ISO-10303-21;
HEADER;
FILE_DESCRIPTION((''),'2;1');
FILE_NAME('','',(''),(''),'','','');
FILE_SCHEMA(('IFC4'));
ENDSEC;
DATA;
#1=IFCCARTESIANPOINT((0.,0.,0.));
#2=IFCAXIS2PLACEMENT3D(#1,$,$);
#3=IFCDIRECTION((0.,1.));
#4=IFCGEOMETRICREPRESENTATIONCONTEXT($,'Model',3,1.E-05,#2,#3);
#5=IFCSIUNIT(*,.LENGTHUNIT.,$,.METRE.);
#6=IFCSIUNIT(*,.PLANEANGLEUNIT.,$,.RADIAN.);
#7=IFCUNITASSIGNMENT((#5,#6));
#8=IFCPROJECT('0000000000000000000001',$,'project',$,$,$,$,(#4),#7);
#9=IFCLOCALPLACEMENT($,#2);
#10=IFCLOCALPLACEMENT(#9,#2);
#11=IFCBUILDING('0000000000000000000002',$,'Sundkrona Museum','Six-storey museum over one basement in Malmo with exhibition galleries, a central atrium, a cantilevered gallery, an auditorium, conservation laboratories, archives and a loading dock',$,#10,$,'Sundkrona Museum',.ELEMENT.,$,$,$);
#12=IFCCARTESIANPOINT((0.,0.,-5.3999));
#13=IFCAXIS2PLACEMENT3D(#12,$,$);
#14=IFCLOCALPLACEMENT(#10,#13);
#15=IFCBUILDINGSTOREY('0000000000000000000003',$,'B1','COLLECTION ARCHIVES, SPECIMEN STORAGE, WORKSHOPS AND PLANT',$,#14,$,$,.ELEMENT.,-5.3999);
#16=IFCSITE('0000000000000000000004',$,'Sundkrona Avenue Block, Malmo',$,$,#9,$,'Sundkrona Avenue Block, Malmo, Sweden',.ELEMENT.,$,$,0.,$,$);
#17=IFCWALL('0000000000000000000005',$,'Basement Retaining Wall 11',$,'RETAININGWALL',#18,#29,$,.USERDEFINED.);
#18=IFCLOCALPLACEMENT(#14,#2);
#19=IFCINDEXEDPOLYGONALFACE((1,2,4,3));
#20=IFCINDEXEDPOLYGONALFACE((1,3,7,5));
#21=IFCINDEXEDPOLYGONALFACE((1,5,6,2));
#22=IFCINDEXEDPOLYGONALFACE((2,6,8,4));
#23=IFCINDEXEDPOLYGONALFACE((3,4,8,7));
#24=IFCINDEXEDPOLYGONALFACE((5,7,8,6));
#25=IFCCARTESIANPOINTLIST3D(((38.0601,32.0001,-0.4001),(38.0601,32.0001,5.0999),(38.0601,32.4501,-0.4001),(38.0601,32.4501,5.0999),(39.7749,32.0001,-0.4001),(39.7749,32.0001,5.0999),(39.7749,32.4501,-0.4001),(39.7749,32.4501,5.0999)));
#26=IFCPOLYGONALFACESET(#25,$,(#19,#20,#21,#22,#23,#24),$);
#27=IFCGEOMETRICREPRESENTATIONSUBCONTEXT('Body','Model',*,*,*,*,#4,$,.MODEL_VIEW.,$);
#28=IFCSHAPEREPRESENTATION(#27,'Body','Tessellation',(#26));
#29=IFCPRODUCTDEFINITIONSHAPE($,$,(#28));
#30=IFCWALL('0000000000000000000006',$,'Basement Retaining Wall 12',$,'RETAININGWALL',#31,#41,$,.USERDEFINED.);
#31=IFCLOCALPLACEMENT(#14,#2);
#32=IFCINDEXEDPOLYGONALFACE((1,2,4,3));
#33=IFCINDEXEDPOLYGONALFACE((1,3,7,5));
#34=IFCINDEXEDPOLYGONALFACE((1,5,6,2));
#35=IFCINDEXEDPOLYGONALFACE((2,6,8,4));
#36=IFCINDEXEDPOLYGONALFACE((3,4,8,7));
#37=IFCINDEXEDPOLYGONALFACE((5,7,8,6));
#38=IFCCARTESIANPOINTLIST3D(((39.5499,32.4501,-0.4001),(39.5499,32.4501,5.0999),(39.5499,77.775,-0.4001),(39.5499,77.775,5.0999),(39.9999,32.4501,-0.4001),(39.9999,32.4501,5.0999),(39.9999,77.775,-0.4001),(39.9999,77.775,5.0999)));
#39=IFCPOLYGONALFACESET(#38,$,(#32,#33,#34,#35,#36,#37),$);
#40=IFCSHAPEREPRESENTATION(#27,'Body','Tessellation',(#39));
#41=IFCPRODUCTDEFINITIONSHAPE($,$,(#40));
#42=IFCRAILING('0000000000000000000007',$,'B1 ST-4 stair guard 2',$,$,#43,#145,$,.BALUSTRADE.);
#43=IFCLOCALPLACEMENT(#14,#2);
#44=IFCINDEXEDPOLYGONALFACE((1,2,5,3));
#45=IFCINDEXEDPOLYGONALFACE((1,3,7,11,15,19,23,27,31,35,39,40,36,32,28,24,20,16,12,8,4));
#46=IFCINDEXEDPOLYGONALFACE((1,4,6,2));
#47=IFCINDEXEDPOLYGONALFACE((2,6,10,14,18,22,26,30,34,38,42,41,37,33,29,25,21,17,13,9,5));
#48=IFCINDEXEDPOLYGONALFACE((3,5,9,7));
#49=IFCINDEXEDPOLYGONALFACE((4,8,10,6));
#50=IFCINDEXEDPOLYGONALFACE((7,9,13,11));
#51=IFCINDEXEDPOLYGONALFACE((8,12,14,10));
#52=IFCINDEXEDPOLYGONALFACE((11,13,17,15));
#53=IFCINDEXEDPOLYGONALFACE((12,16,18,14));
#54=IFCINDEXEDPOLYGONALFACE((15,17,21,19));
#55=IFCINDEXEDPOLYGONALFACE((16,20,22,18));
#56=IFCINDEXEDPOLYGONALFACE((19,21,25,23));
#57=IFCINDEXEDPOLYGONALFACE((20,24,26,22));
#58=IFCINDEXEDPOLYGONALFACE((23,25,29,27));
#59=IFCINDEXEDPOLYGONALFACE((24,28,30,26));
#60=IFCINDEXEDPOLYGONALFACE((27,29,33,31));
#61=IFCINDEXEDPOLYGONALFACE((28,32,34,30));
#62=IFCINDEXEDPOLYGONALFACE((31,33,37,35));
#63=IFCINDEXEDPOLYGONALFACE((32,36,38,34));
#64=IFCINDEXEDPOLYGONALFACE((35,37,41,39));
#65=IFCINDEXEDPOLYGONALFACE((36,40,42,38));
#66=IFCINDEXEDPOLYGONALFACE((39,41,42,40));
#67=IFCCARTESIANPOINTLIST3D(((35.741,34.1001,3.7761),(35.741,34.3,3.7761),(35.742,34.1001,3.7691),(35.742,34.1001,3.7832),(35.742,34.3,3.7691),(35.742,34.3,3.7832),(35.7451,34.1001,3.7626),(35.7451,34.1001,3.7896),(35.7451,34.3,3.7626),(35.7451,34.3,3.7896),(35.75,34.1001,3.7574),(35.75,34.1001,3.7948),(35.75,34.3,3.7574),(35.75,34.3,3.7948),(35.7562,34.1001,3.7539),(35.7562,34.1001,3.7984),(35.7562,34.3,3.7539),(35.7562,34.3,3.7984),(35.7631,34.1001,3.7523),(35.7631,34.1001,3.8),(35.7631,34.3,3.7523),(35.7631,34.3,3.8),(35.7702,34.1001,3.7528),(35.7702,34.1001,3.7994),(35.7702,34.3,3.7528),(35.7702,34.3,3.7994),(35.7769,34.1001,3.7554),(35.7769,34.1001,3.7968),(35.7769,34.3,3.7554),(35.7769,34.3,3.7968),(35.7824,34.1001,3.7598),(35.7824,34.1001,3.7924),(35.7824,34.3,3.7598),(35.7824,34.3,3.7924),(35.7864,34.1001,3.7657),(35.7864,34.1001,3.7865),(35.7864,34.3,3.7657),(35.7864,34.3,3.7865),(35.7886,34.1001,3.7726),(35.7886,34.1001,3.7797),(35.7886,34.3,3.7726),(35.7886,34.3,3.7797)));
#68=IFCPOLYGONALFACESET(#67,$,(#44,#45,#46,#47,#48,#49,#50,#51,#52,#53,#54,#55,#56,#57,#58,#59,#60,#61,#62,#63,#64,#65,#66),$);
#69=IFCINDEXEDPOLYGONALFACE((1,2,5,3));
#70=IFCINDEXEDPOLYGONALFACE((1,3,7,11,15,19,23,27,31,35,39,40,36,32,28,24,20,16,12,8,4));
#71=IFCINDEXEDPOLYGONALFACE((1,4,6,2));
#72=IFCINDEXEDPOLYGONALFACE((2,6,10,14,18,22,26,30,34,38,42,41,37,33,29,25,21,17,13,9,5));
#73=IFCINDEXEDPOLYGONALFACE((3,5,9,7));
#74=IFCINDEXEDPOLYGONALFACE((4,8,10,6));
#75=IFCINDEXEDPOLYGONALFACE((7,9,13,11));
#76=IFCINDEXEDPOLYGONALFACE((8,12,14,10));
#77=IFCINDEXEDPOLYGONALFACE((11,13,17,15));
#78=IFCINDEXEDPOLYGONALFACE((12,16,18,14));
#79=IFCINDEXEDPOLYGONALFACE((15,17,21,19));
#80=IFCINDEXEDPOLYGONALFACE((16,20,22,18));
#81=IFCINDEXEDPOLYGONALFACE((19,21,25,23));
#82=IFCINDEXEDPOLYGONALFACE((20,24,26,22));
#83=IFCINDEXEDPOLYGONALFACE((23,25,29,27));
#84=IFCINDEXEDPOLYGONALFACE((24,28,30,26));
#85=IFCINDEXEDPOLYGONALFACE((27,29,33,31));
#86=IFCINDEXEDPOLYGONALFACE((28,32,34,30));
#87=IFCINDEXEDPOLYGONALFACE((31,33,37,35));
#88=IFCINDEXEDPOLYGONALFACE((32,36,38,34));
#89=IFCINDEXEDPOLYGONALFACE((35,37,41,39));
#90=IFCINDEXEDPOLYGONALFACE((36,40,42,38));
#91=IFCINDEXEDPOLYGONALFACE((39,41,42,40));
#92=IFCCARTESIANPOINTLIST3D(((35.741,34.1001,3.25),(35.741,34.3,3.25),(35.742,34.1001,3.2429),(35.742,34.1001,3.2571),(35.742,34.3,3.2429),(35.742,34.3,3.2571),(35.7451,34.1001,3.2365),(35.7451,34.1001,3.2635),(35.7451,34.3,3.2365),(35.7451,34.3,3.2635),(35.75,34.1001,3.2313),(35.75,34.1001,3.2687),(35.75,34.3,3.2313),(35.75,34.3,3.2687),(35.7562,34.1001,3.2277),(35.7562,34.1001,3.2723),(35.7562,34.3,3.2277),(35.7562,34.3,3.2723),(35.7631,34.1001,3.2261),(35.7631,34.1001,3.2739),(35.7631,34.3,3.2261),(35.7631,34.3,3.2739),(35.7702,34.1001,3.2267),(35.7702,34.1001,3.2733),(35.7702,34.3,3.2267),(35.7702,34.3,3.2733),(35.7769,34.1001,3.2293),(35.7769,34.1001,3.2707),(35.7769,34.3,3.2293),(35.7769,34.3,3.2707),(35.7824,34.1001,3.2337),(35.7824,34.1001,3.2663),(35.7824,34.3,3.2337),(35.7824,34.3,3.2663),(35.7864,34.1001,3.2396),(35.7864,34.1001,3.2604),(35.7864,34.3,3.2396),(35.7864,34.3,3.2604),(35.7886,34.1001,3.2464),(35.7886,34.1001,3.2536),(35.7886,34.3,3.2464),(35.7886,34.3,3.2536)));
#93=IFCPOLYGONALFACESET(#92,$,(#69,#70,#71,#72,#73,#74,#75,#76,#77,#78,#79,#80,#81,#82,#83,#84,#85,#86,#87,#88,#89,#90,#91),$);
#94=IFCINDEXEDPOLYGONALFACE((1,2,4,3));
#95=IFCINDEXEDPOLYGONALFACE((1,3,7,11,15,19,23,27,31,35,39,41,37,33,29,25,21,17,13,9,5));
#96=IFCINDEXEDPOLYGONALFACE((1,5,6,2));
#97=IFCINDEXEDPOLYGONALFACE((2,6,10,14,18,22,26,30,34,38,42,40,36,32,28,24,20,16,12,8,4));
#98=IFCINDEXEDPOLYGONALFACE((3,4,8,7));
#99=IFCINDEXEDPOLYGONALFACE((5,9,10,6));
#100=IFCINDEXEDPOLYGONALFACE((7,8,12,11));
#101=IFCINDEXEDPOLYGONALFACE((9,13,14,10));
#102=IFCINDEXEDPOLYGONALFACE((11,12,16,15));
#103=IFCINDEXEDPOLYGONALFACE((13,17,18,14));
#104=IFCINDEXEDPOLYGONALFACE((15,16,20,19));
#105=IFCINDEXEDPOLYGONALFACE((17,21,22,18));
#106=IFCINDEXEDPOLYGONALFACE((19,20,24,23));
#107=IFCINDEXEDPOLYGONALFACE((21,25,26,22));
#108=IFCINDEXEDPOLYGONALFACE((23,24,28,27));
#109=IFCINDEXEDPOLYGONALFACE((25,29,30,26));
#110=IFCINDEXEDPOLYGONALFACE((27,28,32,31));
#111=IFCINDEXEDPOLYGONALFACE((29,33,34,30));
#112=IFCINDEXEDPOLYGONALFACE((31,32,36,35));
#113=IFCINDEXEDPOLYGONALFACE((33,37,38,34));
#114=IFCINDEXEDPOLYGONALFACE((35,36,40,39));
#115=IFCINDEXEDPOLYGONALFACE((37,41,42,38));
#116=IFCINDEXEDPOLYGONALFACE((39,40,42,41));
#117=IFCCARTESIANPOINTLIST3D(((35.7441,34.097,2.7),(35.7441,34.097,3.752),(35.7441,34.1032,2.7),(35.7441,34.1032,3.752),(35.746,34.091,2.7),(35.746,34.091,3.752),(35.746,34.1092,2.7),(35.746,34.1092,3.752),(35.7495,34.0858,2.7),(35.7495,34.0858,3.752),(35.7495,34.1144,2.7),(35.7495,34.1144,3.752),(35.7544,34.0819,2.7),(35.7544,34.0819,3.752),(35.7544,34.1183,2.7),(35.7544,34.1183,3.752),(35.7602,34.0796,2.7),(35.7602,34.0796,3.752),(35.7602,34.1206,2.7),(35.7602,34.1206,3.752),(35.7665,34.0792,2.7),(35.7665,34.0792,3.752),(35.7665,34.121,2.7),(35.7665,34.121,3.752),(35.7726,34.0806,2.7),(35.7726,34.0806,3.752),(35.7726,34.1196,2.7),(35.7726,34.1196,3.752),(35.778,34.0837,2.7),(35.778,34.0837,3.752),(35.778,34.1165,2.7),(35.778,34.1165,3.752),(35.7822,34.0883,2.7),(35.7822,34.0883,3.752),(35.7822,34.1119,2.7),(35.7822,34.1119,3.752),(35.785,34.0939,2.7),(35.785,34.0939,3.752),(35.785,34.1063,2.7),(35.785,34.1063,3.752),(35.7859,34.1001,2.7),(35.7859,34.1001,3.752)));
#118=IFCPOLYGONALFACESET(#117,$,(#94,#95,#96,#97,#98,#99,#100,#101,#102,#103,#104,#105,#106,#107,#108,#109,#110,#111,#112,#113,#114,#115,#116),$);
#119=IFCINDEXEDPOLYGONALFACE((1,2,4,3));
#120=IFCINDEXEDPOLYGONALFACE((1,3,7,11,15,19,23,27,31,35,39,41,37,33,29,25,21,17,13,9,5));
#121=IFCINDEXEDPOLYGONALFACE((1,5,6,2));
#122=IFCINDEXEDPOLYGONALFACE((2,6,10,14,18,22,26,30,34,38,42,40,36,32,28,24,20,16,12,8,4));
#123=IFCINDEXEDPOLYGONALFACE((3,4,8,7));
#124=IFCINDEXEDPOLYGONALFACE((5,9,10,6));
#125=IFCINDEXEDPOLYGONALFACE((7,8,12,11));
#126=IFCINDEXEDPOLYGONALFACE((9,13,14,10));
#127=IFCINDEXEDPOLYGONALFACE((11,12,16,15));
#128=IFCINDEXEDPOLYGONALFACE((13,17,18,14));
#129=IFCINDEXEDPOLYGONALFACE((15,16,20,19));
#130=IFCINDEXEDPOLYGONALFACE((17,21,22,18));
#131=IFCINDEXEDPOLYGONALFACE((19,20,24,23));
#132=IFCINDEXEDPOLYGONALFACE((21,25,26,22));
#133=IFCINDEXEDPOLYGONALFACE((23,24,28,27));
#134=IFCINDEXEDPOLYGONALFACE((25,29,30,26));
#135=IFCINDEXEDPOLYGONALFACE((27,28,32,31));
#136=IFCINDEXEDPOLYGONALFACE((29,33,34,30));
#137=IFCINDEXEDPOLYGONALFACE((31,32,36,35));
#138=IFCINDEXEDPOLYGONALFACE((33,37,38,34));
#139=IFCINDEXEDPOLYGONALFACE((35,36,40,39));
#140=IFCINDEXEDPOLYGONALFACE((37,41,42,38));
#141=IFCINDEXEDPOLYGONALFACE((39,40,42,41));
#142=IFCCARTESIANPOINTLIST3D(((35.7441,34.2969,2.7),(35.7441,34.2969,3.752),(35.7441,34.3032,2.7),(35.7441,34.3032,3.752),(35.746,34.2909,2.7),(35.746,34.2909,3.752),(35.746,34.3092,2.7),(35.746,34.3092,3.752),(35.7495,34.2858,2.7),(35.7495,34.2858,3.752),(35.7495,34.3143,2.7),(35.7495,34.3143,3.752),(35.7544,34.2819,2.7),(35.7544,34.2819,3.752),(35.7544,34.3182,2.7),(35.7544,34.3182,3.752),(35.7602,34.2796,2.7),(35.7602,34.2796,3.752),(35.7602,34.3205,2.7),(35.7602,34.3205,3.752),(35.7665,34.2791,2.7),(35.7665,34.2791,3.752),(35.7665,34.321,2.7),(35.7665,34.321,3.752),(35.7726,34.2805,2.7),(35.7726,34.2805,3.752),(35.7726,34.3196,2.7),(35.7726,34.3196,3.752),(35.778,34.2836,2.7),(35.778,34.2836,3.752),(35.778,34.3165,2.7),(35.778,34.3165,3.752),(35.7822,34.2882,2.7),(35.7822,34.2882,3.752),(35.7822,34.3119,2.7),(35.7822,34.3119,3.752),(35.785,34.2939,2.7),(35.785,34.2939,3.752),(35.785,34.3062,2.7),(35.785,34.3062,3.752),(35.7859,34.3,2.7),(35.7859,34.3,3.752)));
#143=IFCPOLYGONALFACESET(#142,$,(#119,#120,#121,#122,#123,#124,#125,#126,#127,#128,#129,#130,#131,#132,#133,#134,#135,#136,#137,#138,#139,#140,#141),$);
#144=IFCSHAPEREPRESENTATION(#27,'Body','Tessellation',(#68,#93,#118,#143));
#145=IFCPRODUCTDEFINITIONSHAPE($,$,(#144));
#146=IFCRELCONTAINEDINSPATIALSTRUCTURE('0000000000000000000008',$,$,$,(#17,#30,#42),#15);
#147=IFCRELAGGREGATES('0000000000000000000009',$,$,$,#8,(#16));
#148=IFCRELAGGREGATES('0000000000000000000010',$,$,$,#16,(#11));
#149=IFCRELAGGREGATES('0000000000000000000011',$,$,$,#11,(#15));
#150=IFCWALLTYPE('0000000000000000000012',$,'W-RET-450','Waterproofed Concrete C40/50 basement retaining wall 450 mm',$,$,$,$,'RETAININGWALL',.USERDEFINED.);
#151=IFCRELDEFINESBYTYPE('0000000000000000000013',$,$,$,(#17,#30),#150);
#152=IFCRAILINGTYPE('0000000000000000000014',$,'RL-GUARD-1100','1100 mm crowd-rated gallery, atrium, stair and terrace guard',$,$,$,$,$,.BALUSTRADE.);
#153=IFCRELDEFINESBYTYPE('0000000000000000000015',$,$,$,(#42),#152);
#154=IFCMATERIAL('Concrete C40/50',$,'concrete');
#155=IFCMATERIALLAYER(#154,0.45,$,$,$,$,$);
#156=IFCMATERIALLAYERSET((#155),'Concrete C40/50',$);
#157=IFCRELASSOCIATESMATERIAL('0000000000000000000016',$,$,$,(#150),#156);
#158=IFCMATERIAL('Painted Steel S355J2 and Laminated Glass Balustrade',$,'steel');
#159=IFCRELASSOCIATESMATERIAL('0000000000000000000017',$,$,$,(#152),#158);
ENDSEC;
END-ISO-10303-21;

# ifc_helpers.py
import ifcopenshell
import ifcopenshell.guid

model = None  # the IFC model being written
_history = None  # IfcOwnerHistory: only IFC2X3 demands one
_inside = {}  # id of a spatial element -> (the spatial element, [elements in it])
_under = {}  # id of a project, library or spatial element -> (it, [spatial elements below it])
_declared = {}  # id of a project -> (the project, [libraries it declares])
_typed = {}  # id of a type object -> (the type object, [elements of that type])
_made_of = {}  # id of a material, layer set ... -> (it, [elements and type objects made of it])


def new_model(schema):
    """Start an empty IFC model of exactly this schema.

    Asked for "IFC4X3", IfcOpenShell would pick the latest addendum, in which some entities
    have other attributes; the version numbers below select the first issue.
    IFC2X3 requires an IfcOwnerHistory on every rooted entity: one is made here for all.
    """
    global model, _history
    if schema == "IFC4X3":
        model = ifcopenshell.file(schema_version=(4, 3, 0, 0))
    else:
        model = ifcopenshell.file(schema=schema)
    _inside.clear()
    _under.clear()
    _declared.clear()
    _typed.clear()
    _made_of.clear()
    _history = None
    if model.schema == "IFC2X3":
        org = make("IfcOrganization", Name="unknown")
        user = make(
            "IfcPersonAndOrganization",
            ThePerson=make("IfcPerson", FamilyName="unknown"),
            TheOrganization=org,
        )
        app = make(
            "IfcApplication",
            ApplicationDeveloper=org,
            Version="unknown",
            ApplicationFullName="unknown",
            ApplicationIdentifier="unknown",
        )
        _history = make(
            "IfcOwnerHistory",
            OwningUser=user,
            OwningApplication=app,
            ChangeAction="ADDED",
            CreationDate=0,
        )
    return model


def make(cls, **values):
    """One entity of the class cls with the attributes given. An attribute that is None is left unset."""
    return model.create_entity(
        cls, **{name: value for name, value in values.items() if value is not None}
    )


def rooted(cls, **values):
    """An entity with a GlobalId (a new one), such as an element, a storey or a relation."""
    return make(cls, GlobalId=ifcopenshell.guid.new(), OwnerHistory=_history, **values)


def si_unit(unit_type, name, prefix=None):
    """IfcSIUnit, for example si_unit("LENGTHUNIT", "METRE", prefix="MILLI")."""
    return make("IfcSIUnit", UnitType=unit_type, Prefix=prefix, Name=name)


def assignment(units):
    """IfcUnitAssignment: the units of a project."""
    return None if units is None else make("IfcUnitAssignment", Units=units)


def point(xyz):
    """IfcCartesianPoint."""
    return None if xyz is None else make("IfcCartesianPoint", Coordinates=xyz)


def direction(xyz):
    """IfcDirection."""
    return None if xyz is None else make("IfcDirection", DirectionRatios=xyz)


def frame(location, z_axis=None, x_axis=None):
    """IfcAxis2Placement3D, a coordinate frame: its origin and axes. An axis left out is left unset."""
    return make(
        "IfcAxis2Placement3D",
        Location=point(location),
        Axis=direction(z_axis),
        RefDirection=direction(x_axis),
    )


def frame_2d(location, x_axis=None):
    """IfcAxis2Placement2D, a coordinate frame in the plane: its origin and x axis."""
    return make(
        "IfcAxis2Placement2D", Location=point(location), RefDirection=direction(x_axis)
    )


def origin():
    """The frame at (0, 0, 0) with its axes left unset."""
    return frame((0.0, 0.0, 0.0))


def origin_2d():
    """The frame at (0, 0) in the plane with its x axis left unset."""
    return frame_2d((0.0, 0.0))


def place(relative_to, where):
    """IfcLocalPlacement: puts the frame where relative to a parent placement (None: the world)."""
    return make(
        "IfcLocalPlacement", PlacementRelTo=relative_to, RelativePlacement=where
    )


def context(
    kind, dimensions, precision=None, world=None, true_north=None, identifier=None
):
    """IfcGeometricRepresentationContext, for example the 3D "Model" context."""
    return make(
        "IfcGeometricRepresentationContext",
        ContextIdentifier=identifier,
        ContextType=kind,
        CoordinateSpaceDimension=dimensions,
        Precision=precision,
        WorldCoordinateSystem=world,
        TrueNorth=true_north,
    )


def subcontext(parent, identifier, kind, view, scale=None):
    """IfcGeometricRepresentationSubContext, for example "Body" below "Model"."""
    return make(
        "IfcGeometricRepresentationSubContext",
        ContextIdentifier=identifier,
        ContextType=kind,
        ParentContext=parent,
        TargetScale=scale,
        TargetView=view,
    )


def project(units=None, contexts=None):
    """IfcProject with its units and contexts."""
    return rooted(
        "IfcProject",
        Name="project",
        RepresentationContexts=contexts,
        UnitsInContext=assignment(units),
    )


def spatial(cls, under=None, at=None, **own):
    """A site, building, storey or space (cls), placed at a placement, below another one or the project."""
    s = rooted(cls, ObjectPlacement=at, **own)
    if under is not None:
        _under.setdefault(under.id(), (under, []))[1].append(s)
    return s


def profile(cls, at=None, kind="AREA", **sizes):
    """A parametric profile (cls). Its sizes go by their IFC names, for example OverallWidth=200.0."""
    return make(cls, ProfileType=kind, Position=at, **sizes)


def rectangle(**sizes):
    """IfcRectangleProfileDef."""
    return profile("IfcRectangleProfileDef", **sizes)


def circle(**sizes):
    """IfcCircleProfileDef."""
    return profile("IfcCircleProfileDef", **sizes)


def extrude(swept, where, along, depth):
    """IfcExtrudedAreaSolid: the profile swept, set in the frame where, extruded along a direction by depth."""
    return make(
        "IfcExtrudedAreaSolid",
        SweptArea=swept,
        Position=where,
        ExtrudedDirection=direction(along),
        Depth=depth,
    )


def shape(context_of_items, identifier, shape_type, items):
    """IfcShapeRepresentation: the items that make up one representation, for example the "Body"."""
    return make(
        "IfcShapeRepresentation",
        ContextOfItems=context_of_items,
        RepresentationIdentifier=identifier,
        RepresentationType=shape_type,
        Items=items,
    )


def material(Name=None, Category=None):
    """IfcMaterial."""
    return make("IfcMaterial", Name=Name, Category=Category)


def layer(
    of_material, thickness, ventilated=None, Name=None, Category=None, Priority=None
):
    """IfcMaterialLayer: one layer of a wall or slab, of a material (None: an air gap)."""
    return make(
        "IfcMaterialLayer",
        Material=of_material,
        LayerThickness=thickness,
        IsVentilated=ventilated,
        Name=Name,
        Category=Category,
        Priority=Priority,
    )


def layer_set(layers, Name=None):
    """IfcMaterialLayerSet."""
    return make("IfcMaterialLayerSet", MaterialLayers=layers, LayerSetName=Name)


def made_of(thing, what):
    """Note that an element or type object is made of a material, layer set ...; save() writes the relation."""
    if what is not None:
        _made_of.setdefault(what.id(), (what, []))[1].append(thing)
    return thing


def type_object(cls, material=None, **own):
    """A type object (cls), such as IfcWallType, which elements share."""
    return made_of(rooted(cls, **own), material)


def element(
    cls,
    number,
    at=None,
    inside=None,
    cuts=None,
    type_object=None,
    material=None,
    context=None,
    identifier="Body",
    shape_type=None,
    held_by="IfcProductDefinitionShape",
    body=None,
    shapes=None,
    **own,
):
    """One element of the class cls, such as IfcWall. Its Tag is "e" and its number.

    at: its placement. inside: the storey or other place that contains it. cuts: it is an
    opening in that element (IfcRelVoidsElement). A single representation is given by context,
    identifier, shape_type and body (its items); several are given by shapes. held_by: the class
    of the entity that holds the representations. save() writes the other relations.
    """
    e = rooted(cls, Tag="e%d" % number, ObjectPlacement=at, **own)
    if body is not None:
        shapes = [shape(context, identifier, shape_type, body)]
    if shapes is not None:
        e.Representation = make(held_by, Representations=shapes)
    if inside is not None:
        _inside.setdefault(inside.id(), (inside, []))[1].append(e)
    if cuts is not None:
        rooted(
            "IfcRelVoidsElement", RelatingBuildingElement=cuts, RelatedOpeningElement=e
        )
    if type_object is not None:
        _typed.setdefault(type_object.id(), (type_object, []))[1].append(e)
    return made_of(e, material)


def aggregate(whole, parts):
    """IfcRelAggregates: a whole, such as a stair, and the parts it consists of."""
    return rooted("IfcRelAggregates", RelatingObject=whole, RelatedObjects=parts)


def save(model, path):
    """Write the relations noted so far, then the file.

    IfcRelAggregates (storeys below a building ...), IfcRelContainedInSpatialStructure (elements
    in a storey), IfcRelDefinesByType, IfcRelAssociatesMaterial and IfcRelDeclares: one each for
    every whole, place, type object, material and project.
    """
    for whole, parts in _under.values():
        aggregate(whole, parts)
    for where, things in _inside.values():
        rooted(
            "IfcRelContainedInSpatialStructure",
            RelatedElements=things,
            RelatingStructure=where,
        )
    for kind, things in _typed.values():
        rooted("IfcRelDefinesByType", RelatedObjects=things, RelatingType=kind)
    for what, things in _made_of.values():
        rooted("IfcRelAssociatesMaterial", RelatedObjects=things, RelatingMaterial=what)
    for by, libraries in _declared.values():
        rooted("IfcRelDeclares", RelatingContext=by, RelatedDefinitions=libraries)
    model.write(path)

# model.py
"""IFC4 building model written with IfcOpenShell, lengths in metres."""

from ifc_helpers import new_model, si_unit, direction, frame, frame_2d, origin, origin_2d, place, context, subcontext, project, spatial, rectangle, circle, extrude, material, layer, layer_set, type_object, element, save


model = new_model("IFC4")

# Units and contexts
model_context = context("Model", 3, precision=1e-05, world=origin(), true_north=direction((0.0, 1.0)))
body_context = subcontext(model_context, "Body", "Model", "MODEL_VIEW")
ifc_project = project(units=[si_unit("LENGTHUNIT", "METRE"), si_unit("PLANEANGLEUNIT", "RADIAN")], contexts=[model_context])

# Site, building, storey
site_placement = place(None, origin())
site = spatial("IfcSite", under=ifc_project, at=site_placement, Name="Sundkrona Avenue Block, Malmo", LongName="Sundkrona Avenue Block, Malmo, Sweden", CompositionType="ELEMENT", RefElevation=0.0)
building_placement = place(site_placement, origin())
building = spatial("IfcBuilding", under=site, at=building_placement, Name="Sundkrona Museum", Description="Six-storey museum over one basement in Malmo with exhibition galleries, a central atrium, a cantilevered gallery, an auditorium, conservation laboratories, archives and a loading dock", LongName="Sundkrona Museum", CompositionType="ELEMENT")
storey_placement = place(building_placement, frame((0.0, 0.0, -5.3999)))
storey = spatial("IfcBuildingStorey", under=building, at=storey_placement, Name="B1", Description="COLLECTION ARCHIVES, SPECIMEN STORAGE, WORKSHOPS AND PLANT", CompositionType="ELEMENT", Elevation=-5.3999)

# Shared definitions
ifc_material_1 = material(Name="Concrete C40/50", Category="concrete")

# Walls
ifc_layer_1 = layer(ifc_material_1, 0.45)
ifc_layer_set_1 = layer_set([ifc_layer_1], Name="Concrete C40/50")
wall_type_1 = type_object("IfcWallType", Name="W-RET-450", Description="Waterproofed Concrete C40/50 basement retaining wall 450 mm", ElementType="RETAININGWALL", PredefinedType="USERDEFINED", material=ifc_layer_set_1)
wall_1_placement = place(storey_placement, frame((38.0601, 32.2251, -0.4001), z_axis=(0.0, 0.0, 1.0), x_axis=(1.0, 0.0, 0.0)))
element("IfcWall", 1, at=wall_1_placement, inside=storey, type_object=wall_type_1, Name="Basement Retaining Wall 11", ObjectType="RETAININGWALL", PredefinedType="USERDEFINED", context=body_context, shape_type="SweptSolid", body=[
    extrude(rectangle(XDim=1.7148, YDim=0.45, at=frame_2d((0.8574, 0.0))), origin(), (0.0, 0.0, 1.0), 5.5),
])
wall_2_placement = place(storey_placement, frame((39.7749, 32.45, -0.4001), z_axis=(0.0, 0.0, 1.0), x_axis=(0.0, 1.0, 0.0)))
element("IfcWall", 2, at=wall_2_placement, inside=storey, type_object=wall_type_1, Name="Basement Retaining Wall 12", ObjectType="RETAININGWALL", PredefinedType="USERDEFINED", context=body_context, shape_type="SweptSolid", body=[
    extrude(rectangle(XDim=45.325, YDim=0.45, at=frame_2d((22.6626, 0.0))), origin(), (0.0, 0.0, 1.0), 5.5),
])

# Railing
ifc_material_2 = material(Name="Painted Steel S355J2 and Laminated Glass Balustrade", Category="steel")
railing_type = type_object("IfcRailingType", Name="RL-GUARD-1100", Description="1100 mm crowd-rated gallery, atrium, stair and terrace guard", PredefinedType="BALUSTRADE", material=ifc_material_2)
railing_placement = place(storey_placement, frame((35.7649, 34.1001, 2.7)))
element("IfcRailing", 3, at=railing_placement, inside=storey, type_object=railing_type, Name="B1 ST-4 stair guard 2", PredefinedType="BALUSTRADE", context=body_context, shape_type="SweptSolid", body=[
    extrude(circle(Radius=0.0239, at=origin_2d()), frame((0.0, 0.0, 1.0762), z_axis=(0.0, 1.0, 0.0), x_axis=(-1.0, 0.0, 0.0)), (0.0, 0.0, 1.0), 0.2),
    extrude(circle(Radius=0.0239, at=origin_2d()), frame((0.0, 0.0, 0.55), z_axis=(0.0, 1.0, 0.0), x_axis=(-1.0, 0.0, 0.0)), (0.0, 0.0, 1.0), 0.2),
    extrude(circle(Radius=0.021, at=origin_2d()), origin(), (0.0, 0.0, 1.0), 1.052),
    extrude(circle(Radius=0.021, at=origin_2d()), frame((0.0, 0.2, 0.0)), (0.0, 0.0, 1.0), 1.052),
])

save(model, "model.ifc")
